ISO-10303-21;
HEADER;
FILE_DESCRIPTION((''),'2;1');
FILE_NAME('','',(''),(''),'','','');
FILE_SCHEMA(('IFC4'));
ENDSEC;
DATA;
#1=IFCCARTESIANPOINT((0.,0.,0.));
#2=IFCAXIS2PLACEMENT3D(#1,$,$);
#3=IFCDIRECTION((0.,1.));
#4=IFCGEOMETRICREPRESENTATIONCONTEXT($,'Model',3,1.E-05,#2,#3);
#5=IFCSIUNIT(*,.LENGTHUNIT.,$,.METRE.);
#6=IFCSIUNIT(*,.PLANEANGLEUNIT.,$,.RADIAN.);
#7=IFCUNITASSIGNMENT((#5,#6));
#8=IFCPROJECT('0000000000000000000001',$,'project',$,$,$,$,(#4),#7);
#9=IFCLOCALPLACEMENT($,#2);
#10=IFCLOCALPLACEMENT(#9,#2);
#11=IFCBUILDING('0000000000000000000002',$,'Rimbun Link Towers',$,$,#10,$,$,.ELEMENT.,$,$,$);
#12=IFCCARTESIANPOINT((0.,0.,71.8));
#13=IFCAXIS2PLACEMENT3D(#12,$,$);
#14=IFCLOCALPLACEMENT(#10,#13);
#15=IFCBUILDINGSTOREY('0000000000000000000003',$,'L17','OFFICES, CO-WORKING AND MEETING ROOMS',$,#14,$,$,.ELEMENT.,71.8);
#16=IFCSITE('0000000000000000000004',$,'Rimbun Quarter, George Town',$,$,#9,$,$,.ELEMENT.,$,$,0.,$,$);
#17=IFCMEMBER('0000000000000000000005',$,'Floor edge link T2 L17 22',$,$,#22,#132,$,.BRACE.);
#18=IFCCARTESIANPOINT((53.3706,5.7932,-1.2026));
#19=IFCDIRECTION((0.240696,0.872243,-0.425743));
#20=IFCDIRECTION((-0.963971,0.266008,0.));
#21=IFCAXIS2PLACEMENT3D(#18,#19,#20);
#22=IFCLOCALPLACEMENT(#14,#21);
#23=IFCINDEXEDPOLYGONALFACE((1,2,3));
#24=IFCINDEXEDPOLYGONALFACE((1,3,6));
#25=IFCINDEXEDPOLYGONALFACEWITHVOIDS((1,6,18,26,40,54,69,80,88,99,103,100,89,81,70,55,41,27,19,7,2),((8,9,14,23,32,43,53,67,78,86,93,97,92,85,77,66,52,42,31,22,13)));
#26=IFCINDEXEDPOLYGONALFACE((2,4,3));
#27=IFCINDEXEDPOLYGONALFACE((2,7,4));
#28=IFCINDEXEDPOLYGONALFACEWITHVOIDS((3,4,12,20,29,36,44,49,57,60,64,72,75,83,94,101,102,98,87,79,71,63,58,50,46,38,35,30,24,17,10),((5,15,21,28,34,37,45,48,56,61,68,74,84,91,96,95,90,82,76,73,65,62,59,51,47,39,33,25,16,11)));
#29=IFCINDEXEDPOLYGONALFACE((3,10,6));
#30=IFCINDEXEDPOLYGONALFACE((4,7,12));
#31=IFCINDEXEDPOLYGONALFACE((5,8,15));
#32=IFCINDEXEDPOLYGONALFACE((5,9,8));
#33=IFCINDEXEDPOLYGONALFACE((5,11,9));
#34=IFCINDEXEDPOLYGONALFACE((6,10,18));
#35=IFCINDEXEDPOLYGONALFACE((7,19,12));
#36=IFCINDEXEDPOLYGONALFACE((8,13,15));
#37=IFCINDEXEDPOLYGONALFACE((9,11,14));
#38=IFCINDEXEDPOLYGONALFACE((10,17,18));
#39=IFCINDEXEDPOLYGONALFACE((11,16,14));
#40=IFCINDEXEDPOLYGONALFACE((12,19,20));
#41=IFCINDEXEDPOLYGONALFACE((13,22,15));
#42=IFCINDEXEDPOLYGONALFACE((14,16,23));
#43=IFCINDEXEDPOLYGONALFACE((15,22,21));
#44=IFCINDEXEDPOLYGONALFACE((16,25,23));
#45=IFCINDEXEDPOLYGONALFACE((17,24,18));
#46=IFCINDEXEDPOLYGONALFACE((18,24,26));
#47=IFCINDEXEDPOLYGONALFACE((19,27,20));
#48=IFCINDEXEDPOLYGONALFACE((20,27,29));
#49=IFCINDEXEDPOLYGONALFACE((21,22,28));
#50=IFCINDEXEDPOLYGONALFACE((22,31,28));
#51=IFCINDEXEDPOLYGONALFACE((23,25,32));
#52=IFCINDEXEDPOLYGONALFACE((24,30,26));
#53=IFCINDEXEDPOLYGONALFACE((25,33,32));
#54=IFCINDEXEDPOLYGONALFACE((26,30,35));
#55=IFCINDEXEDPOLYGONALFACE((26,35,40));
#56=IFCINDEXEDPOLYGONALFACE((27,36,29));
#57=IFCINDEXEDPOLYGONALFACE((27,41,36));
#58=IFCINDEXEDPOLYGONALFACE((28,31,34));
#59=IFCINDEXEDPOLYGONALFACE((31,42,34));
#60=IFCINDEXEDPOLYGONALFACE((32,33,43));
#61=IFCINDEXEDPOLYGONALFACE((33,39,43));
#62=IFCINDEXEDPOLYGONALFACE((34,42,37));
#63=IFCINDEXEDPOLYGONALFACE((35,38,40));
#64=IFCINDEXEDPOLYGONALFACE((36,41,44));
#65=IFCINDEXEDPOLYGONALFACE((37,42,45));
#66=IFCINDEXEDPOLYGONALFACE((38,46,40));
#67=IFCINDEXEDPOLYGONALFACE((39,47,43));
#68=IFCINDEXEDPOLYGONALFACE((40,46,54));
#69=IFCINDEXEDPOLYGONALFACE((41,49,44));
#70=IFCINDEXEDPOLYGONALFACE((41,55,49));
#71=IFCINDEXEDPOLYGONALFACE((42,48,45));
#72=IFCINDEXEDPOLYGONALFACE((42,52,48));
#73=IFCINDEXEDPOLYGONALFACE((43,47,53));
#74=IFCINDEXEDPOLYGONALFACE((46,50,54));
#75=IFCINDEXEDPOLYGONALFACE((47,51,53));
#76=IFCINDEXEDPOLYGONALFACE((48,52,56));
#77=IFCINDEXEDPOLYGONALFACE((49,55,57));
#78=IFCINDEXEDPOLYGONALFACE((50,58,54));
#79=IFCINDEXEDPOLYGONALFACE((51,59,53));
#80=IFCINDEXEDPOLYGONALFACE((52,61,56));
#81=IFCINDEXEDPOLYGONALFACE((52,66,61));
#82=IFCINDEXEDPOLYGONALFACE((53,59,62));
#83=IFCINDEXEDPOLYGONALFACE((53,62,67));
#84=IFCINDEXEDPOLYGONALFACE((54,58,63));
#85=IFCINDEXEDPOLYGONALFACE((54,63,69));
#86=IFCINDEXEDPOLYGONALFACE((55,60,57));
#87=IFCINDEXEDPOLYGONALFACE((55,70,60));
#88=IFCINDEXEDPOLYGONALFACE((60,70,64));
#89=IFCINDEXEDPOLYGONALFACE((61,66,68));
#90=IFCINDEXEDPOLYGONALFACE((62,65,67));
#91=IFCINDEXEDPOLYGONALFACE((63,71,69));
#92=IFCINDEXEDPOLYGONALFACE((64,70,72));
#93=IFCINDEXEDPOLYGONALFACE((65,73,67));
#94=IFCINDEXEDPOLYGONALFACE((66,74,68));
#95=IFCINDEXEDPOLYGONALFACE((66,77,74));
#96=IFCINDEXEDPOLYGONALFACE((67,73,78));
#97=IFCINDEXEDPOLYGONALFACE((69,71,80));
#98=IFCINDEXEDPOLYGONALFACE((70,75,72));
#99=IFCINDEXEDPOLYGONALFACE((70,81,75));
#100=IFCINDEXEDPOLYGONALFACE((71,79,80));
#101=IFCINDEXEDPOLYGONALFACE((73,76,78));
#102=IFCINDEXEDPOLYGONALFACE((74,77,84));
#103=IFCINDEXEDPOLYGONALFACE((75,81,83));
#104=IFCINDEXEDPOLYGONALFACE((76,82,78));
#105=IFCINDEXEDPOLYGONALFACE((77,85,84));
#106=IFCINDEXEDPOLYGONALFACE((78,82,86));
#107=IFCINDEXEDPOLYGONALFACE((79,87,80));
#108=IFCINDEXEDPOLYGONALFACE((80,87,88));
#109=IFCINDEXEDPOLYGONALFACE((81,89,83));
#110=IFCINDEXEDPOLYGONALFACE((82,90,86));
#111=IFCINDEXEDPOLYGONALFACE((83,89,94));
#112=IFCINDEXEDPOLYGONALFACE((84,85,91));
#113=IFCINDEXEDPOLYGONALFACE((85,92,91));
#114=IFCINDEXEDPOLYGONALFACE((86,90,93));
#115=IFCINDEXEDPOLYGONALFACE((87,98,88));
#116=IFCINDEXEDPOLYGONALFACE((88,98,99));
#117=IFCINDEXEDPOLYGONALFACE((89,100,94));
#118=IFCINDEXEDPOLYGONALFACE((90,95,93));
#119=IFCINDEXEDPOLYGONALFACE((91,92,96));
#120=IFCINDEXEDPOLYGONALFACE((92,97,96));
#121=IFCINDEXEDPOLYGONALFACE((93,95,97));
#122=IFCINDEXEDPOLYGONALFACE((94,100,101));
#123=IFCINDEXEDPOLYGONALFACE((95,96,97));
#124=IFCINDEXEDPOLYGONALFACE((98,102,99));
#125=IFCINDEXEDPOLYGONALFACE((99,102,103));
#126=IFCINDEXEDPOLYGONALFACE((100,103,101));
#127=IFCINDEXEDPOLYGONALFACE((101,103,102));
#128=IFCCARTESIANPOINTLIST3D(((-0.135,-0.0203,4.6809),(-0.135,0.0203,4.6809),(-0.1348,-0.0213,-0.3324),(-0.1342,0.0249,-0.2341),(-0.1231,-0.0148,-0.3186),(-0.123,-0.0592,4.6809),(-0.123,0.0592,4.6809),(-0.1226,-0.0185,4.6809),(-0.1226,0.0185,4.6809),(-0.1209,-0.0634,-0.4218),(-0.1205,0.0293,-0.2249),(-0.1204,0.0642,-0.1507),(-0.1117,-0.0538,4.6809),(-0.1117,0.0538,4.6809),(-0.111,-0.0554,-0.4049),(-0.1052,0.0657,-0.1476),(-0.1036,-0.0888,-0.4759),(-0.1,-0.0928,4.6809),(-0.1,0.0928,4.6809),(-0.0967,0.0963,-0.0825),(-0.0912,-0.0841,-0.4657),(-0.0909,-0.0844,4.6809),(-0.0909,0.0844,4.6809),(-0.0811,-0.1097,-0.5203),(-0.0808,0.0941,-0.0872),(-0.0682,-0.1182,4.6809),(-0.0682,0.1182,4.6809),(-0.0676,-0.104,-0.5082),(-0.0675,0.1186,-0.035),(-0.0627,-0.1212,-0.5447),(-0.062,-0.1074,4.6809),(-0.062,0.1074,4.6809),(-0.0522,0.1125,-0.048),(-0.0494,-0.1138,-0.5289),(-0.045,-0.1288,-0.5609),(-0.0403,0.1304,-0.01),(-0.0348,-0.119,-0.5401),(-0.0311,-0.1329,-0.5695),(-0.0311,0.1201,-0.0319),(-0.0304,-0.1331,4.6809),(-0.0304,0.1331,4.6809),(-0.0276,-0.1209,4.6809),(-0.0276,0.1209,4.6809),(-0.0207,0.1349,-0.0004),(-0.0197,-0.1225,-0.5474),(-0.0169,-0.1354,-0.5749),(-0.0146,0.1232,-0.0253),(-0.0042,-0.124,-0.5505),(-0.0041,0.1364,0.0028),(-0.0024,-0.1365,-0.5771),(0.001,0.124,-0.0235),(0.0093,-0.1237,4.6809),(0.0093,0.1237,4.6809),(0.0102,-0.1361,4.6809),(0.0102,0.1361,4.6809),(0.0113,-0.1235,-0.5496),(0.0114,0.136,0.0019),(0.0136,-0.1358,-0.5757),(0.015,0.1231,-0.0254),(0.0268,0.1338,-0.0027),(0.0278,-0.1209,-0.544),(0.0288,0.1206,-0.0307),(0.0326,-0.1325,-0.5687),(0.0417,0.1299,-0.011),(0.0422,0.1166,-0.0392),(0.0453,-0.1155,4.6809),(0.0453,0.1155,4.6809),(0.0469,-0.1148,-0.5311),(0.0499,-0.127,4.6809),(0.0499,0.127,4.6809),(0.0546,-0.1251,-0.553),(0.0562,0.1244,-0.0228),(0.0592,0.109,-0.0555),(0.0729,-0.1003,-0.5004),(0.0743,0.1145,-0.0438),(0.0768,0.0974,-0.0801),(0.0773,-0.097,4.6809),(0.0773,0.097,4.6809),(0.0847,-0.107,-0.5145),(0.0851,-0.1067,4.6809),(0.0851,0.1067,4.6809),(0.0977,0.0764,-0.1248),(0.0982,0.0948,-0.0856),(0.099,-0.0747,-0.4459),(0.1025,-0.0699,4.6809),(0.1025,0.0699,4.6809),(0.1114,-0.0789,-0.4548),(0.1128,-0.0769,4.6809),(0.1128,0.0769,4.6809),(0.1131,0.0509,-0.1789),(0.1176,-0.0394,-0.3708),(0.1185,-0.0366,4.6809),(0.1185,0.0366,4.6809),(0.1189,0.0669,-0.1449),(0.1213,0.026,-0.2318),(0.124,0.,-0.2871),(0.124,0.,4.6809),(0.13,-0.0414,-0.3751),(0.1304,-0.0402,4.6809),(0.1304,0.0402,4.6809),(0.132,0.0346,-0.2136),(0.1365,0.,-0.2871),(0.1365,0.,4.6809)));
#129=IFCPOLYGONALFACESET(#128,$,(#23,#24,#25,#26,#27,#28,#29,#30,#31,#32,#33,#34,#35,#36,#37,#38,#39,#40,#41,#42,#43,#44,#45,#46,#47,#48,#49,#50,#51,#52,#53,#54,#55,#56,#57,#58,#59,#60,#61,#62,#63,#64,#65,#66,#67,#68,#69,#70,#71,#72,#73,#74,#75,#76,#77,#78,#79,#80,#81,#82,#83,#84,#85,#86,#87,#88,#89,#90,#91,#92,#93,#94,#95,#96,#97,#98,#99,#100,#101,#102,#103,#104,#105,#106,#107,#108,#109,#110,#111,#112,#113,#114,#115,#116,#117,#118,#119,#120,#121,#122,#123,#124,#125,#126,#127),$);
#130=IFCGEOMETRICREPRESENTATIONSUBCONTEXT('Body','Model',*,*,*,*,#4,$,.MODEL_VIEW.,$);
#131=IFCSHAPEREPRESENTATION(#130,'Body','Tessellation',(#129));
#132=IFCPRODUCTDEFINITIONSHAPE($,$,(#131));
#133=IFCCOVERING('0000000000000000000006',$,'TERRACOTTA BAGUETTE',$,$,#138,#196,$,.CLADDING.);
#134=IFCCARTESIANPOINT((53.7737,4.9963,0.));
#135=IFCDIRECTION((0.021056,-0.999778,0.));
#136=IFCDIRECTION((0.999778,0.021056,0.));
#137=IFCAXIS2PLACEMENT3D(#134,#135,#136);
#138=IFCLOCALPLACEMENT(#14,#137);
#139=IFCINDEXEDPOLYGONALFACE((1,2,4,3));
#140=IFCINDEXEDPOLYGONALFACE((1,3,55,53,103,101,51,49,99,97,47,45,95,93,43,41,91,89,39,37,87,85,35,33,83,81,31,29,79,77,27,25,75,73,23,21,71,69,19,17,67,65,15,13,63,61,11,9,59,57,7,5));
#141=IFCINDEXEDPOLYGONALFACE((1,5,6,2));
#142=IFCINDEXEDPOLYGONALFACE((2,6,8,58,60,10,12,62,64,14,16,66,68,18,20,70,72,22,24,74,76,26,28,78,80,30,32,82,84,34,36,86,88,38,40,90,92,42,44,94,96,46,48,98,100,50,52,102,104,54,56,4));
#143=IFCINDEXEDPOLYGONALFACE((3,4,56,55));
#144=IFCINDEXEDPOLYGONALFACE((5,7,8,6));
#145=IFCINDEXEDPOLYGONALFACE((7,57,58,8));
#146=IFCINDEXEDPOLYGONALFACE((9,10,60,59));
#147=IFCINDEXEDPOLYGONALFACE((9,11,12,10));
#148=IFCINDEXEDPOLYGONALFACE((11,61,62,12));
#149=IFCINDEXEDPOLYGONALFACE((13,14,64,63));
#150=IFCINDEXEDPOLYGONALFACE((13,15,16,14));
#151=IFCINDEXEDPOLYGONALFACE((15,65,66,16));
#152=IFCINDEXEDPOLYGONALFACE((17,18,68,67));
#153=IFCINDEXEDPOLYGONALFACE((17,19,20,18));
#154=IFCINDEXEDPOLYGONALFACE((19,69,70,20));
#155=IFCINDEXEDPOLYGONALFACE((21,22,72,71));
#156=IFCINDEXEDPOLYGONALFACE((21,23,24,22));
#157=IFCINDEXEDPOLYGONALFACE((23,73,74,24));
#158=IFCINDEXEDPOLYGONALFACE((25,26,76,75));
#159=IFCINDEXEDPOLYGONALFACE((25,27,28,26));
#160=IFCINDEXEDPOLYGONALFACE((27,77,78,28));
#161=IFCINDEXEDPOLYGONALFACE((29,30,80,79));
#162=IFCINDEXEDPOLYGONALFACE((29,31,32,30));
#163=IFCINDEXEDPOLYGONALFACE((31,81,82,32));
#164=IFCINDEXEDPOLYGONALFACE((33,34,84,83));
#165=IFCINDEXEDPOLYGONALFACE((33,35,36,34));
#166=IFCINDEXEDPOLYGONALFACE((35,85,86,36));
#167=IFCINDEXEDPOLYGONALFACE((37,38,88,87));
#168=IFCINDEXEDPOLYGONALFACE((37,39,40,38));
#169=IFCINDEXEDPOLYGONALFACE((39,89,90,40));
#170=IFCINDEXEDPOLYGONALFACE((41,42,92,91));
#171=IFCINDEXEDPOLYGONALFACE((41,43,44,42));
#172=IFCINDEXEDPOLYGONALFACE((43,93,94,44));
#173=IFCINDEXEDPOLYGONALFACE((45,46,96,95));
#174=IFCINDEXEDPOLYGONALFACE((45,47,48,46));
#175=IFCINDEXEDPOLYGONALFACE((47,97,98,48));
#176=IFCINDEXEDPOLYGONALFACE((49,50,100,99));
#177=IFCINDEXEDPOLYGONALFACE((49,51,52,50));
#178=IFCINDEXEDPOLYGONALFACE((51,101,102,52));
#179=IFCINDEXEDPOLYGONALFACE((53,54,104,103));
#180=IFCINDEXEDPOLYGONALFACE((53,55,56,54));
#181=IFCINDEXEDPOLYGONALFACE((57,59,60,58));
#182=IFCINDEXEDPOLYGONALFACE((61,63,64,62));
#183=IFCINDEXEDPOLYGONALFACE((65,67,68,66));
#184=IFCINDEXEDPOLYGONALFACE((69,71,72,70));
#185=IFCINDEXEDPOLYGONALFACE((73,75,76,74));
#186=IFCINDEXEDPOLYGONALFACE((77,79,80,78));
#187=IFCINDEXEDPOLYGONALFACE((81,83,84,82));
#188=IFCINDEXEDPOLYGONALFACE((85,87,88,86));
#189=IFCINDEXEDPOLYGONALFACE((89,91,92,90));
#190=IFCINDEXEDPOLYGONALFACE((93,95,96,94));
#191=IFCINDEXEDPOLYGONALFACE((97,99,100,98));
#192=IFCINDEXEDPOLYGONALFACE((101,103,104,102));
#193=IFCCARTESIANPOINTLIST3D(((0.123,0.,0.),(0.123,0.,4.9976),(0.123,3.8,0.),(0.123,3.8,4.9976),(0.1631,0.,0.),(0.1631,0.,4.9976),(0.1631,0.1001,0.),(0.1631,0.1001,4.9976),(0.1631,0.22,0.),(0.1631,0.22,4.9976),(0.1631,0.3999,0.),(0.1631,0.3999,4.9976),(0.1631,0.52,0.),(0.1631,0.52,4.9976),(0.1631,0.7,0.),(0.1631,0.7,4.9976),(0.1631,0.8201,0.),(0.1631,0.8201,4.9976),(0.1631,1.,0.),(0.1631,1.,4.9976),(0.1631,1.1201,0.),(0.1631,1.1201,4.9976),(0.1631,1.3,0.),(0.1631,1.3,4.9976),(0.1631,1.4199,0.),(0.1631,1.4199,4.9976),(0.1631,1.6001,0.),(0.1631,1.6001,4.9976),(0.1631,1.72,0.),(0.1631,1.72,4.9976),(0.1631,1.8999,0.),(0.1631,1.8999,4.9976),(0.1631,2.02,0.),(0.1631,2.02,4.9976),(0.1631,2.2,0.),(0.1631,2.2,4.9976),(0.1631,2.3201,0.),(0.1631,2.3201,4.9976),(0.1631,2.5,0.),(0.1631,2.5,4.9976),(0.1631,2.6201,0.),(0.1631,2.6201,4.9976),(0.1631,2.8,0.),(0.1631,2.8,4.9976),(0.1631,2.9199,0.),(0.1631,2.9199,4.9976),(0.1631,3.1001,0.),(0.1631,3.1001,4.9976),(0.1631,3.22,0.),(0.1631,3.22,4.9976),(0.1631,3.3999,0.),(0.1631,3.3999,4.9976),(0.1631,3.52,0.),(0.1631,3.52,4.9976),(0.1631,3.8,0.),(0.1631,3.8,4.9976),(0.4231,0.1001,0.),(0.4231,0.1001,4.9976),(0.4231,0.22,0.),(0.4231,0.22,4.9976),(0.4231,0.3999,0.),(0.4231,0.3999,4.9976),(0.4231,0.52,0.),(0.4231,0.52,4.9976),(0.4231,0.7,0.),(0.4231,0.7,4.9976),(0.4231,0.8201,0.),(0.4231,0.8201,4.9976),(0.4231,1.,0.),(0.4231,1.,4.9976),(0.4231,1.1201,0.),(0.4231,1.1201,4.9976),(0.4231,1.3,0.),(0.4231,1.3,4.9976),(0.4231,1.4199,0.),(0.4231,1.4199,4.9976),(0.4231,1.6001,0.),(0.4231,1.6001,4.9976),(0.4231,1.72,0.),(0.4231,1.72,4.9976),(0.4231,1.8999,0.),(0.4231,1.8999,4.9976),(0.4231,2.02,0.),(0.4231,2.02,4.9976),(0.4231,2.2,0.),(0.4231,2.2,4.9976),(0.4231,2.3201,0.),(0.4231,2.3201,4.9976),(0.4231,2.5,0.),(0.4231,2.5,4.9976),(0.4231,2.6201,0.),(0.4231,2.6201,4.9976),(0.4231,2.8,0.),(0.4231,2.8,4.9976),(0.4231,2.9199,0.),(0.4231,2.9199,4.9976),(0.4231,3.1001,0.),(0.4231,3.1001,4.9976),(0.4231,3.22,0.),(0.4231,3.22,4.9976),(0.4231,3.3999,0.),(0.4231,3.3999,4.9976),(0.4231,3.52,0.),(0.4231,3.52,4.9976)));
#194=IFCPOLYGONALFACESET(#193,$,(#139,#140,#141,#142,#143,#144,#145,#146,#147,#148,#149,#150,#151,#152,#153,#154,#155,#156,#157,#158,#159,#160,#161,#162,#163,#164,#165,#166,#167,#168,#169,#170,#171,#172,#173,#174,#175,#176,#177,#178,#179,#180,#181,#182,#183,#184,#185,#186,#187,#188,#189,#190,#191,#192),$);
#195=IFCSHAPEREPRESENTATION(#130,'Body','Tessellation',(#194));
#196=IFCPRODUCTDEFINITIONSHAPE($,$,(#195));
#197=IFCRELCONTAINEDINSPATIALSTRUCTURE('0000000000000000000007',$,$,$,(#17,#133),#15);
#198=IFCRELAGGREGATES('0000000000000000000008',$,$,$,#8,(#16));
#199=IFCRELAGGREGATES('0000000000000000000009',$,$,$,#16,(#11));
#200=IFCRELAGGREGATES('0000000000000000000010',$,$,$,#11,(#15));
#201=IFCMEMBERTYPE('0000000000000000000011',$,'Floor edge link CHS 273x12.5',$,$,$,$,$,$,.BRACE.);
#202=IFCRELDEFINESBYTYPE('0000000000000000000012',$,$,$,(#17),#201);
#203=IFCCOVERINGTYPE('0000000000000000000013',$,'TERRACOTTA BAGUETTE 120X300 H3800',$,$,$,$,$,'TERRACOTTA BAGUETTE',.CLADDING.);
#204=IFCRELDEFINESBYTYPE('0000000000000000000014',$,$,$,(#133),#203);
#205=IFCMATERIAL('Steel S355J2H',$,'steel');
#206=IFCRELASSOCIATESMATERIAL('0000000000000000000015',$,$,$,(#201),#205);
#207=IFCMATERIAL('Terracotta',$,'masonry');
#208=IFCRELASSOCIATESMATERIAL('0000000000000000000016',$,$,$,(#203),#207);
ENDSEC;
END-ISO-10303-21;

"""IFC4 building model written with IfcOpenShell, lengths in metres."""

from ifc_helpers import new_model, si_unit, direction, frame, origin, origin_2d, place, context, subcontext, project, spatial, polyline, hollow_circle, outline, extrude, clip, halfspace, material, material_profile, profile_set, type_object, element, save


model = new_model("IFC4")

# Units and contexts
model_context = context("Model", 3, precision=1e-05, world=origin(), true_north=direction((0.0, 1.0)))
body_context = subcontext(model_context, "Body", "Model", "MODEL_VIEW")
ifc_project = project(units=[si_unit("LENGTHUNIT", "METRE"), si_unit("PLANEANGLEUNIT", "RADIAN")], contexts=[model_context])

# Site, building, storey
site_placement = place(None, origin())
site = spatial("IfcSite", under=ifc_project, at=site_placement, Name="Rimbun Quarter, George Town", CompositionType="ELEMENT", RefElevation=0.0)
building_placement = place(site_placement, origin())
building = spatial("IfcBuilding", under=site, at=building_placement, Name="Rimbun Link Towers", CompositionType="ELEMENT")
storey_placement = place(building_placement, frame((0.0, 0.0, 71.8)))
storey = spatial("IfcBuildingStorey", under=building, at=storey_placement, Name="L17", Description="OFFICES, CO-WORKING AND MEETING ROOMS", CompositionType="ELEMENT", Elevation=71.8)

# Member
ifc_material_1 = material(Name="Steel S355J2H", Category="steel")
ifc_material_profile_1 = material_profile(ifc_material_1, hollow_circle(Radius=0.1365, WallThickness=0.0125, at=origin_2d()), Name="CHS 273x12.5")
ifc_profile_set_1 = profile_set([ifc_material_profile_1], Name="Steel S355J2H")
member_type_1 = type_object("IfcMemberType", Name="Floor edge link CHS 273x12.5", PredefinedType="BRACE", material=ifc_profile_set_1)
member_1_placement = place(storey_placement, frame((53.3706, 5.7932, -1.2026), z_axis=(0.240696, 0.872243, -0.425743), x_axis=(-0.963971, 0.266008, 0.0)))
element("IfcMember", 1, at=member_1_placement, inside=storey, type_object=member_type_1, Name="Floor edge link T2 L17 22", PredefinedType="BRACE", context=body_context, shape_type="Clipping", body=[
    clip(extrude(hollow_circle(Radius=0.1365, WallThickness=0.0125, at=origin_2d()), frame((0.0, 0.0, -0.6038)), (0.0, 0.0, 1.0), 5.2847), halfspace(frame((0.0, 0.0, -0.2871), z_axis=(0.0, 0.904844, -0.425743)), False)),
])

# Covering
ifc_material_2 = material(Name="Terracotta", Category="masonry")
ifc_material_profile_2 = material_profile(ifc_material_2, outline(polyline([(0.123, 0.0), (0.1631, 0.0), (0.1631, 0.1001), (0.4231, 0.1001), (0.4231, 0.22), (0.1631, 0.22), (0.1631, 0.3999), (0.4231, 0.3999), (0.4231, 0.52), (0.1631, 0.52), (0.1631, 0.7), (0.4231, 0.7), (0.4231, 0.8201), (0.1631, 0.8201), (0.1631, 1.0), (0.4231, 1.0), (0.4231, 1.1201), (0.1631, 1.1201), (0.1631, 1.3), (0.4231, 1.3), (0.4231, 1.4199), (0.1631, 1.4199), (0.1631, 1.6001), (0.4231, 1.6001), (0.4231, 1.72), (0.1631, 1.72), (0.1631, 1.8999), (0.4231, 1.8999), (0.4231, 2.02), (0.1631, 2.02), (0.1631, 2.2), (0.4231, 2.2), (0.4231, 2.3201), (0.1631, 2.3201), (0.1631, 2.5), (0.4231, 2.5), (0.4231, 2.6201), (0.1631, 2.6201), (0.1631, 2.8), (0.4231, 2.8), (0.4231, 2.9199), (0.1631, 2.9199), (0.1631, 3.1001), (0.4231, 3.1001), (0.4231, 3.22), (0.1631, 3.22), (0.1631, 3.3999), (0.4231, 3.3999), (0.4231, 3.52), (0.1631, 3.52), (0.1631, 3.8), (0.123, 3.8), (0.123, 0.0)])), Name="BAGUETTE 120X300")
ifc_profile_set_2 = profile_set([ifc_material_profile_2], Name="Terracotta")
covering_type = type_object("IfcCoveringType", Name="TERRACOTTA BAGUETTE 120X300 H3800", ElementType="TERRACOTTA BAGUETTE", PredefinedType="CLADDING", material=ifc_profile_set_2)
covering_1_placement = place(storey_placement, frame((53.7737, 4.9963, 0.0), z_axis=(0.021056, -0.999778, 0.0), x_axis=(0.999778, 0.021056, 0.0)))
element("IfcCovering", 2, at=covering_1_placement, inside=storey, type_object=covering_type, Name="TERRACOTTA BAGUETTE", PredefinedType="CLADDING", context=body_context, shape_type="SweptSolid", body=[
    extrude(outline(polyline([(0.123, 0.0), (0.1631, 0.0), (0.1631, 0.1001), (0.4231, 0.1001), (0.4231, 0.22), (0.1631, 0.22), (0.1631, 0.3999), (0.4231, 0.3999), (0.4231, 0.52), (0.1631, 0.52), (0.1631, 0.7), (0.4231, 0.7), (0.4231, 0.8201), (0.1631, 0.8201), (0.1631, 1.0), (0.4231, 1.0), (0.4231, 1.1201), (0.1631, 1.1201), (0.1631, 1.3), (0.4231, 1.3), (0.4231, 1.4199), (0.1631, 1.4199), (0.1631, 1.6001), (0.4231, 1.6001), (0.4231, 1.72), (0.1631, 1.72), (0.1631, 1.8999), (0.4231, 1.8999), (0.4231, 2.02), (0.1631, 2.02), (0.1631, 2.2), (0.4231, 2.2), (0.4231, 2.3201), (0.1631, 2.3201), (0.1631, 2.5), (0.4231, 2.5), (0.4231, 2.6201), (0.1631, 2.6201), (0.1631, 2.8), (0.4231, 2.8), (0.4231, 2.9199), (0.1631, 2.9199), (0.1631, 3.1001), (0.4231, 3.1001), (0.4231, 3.22), (0.1631, 3.22), (0.1631, 3.3999), (0.4231, 3.3999), (0.4231, 3.52), (0.1631, 3.52), (0.1631, 3.8), (0.123, 3.8), (0.123, 0.0)])), origin(), (0.0, 0.0, 1.0), 4.9976),
])

save(model, "model.ifc")
